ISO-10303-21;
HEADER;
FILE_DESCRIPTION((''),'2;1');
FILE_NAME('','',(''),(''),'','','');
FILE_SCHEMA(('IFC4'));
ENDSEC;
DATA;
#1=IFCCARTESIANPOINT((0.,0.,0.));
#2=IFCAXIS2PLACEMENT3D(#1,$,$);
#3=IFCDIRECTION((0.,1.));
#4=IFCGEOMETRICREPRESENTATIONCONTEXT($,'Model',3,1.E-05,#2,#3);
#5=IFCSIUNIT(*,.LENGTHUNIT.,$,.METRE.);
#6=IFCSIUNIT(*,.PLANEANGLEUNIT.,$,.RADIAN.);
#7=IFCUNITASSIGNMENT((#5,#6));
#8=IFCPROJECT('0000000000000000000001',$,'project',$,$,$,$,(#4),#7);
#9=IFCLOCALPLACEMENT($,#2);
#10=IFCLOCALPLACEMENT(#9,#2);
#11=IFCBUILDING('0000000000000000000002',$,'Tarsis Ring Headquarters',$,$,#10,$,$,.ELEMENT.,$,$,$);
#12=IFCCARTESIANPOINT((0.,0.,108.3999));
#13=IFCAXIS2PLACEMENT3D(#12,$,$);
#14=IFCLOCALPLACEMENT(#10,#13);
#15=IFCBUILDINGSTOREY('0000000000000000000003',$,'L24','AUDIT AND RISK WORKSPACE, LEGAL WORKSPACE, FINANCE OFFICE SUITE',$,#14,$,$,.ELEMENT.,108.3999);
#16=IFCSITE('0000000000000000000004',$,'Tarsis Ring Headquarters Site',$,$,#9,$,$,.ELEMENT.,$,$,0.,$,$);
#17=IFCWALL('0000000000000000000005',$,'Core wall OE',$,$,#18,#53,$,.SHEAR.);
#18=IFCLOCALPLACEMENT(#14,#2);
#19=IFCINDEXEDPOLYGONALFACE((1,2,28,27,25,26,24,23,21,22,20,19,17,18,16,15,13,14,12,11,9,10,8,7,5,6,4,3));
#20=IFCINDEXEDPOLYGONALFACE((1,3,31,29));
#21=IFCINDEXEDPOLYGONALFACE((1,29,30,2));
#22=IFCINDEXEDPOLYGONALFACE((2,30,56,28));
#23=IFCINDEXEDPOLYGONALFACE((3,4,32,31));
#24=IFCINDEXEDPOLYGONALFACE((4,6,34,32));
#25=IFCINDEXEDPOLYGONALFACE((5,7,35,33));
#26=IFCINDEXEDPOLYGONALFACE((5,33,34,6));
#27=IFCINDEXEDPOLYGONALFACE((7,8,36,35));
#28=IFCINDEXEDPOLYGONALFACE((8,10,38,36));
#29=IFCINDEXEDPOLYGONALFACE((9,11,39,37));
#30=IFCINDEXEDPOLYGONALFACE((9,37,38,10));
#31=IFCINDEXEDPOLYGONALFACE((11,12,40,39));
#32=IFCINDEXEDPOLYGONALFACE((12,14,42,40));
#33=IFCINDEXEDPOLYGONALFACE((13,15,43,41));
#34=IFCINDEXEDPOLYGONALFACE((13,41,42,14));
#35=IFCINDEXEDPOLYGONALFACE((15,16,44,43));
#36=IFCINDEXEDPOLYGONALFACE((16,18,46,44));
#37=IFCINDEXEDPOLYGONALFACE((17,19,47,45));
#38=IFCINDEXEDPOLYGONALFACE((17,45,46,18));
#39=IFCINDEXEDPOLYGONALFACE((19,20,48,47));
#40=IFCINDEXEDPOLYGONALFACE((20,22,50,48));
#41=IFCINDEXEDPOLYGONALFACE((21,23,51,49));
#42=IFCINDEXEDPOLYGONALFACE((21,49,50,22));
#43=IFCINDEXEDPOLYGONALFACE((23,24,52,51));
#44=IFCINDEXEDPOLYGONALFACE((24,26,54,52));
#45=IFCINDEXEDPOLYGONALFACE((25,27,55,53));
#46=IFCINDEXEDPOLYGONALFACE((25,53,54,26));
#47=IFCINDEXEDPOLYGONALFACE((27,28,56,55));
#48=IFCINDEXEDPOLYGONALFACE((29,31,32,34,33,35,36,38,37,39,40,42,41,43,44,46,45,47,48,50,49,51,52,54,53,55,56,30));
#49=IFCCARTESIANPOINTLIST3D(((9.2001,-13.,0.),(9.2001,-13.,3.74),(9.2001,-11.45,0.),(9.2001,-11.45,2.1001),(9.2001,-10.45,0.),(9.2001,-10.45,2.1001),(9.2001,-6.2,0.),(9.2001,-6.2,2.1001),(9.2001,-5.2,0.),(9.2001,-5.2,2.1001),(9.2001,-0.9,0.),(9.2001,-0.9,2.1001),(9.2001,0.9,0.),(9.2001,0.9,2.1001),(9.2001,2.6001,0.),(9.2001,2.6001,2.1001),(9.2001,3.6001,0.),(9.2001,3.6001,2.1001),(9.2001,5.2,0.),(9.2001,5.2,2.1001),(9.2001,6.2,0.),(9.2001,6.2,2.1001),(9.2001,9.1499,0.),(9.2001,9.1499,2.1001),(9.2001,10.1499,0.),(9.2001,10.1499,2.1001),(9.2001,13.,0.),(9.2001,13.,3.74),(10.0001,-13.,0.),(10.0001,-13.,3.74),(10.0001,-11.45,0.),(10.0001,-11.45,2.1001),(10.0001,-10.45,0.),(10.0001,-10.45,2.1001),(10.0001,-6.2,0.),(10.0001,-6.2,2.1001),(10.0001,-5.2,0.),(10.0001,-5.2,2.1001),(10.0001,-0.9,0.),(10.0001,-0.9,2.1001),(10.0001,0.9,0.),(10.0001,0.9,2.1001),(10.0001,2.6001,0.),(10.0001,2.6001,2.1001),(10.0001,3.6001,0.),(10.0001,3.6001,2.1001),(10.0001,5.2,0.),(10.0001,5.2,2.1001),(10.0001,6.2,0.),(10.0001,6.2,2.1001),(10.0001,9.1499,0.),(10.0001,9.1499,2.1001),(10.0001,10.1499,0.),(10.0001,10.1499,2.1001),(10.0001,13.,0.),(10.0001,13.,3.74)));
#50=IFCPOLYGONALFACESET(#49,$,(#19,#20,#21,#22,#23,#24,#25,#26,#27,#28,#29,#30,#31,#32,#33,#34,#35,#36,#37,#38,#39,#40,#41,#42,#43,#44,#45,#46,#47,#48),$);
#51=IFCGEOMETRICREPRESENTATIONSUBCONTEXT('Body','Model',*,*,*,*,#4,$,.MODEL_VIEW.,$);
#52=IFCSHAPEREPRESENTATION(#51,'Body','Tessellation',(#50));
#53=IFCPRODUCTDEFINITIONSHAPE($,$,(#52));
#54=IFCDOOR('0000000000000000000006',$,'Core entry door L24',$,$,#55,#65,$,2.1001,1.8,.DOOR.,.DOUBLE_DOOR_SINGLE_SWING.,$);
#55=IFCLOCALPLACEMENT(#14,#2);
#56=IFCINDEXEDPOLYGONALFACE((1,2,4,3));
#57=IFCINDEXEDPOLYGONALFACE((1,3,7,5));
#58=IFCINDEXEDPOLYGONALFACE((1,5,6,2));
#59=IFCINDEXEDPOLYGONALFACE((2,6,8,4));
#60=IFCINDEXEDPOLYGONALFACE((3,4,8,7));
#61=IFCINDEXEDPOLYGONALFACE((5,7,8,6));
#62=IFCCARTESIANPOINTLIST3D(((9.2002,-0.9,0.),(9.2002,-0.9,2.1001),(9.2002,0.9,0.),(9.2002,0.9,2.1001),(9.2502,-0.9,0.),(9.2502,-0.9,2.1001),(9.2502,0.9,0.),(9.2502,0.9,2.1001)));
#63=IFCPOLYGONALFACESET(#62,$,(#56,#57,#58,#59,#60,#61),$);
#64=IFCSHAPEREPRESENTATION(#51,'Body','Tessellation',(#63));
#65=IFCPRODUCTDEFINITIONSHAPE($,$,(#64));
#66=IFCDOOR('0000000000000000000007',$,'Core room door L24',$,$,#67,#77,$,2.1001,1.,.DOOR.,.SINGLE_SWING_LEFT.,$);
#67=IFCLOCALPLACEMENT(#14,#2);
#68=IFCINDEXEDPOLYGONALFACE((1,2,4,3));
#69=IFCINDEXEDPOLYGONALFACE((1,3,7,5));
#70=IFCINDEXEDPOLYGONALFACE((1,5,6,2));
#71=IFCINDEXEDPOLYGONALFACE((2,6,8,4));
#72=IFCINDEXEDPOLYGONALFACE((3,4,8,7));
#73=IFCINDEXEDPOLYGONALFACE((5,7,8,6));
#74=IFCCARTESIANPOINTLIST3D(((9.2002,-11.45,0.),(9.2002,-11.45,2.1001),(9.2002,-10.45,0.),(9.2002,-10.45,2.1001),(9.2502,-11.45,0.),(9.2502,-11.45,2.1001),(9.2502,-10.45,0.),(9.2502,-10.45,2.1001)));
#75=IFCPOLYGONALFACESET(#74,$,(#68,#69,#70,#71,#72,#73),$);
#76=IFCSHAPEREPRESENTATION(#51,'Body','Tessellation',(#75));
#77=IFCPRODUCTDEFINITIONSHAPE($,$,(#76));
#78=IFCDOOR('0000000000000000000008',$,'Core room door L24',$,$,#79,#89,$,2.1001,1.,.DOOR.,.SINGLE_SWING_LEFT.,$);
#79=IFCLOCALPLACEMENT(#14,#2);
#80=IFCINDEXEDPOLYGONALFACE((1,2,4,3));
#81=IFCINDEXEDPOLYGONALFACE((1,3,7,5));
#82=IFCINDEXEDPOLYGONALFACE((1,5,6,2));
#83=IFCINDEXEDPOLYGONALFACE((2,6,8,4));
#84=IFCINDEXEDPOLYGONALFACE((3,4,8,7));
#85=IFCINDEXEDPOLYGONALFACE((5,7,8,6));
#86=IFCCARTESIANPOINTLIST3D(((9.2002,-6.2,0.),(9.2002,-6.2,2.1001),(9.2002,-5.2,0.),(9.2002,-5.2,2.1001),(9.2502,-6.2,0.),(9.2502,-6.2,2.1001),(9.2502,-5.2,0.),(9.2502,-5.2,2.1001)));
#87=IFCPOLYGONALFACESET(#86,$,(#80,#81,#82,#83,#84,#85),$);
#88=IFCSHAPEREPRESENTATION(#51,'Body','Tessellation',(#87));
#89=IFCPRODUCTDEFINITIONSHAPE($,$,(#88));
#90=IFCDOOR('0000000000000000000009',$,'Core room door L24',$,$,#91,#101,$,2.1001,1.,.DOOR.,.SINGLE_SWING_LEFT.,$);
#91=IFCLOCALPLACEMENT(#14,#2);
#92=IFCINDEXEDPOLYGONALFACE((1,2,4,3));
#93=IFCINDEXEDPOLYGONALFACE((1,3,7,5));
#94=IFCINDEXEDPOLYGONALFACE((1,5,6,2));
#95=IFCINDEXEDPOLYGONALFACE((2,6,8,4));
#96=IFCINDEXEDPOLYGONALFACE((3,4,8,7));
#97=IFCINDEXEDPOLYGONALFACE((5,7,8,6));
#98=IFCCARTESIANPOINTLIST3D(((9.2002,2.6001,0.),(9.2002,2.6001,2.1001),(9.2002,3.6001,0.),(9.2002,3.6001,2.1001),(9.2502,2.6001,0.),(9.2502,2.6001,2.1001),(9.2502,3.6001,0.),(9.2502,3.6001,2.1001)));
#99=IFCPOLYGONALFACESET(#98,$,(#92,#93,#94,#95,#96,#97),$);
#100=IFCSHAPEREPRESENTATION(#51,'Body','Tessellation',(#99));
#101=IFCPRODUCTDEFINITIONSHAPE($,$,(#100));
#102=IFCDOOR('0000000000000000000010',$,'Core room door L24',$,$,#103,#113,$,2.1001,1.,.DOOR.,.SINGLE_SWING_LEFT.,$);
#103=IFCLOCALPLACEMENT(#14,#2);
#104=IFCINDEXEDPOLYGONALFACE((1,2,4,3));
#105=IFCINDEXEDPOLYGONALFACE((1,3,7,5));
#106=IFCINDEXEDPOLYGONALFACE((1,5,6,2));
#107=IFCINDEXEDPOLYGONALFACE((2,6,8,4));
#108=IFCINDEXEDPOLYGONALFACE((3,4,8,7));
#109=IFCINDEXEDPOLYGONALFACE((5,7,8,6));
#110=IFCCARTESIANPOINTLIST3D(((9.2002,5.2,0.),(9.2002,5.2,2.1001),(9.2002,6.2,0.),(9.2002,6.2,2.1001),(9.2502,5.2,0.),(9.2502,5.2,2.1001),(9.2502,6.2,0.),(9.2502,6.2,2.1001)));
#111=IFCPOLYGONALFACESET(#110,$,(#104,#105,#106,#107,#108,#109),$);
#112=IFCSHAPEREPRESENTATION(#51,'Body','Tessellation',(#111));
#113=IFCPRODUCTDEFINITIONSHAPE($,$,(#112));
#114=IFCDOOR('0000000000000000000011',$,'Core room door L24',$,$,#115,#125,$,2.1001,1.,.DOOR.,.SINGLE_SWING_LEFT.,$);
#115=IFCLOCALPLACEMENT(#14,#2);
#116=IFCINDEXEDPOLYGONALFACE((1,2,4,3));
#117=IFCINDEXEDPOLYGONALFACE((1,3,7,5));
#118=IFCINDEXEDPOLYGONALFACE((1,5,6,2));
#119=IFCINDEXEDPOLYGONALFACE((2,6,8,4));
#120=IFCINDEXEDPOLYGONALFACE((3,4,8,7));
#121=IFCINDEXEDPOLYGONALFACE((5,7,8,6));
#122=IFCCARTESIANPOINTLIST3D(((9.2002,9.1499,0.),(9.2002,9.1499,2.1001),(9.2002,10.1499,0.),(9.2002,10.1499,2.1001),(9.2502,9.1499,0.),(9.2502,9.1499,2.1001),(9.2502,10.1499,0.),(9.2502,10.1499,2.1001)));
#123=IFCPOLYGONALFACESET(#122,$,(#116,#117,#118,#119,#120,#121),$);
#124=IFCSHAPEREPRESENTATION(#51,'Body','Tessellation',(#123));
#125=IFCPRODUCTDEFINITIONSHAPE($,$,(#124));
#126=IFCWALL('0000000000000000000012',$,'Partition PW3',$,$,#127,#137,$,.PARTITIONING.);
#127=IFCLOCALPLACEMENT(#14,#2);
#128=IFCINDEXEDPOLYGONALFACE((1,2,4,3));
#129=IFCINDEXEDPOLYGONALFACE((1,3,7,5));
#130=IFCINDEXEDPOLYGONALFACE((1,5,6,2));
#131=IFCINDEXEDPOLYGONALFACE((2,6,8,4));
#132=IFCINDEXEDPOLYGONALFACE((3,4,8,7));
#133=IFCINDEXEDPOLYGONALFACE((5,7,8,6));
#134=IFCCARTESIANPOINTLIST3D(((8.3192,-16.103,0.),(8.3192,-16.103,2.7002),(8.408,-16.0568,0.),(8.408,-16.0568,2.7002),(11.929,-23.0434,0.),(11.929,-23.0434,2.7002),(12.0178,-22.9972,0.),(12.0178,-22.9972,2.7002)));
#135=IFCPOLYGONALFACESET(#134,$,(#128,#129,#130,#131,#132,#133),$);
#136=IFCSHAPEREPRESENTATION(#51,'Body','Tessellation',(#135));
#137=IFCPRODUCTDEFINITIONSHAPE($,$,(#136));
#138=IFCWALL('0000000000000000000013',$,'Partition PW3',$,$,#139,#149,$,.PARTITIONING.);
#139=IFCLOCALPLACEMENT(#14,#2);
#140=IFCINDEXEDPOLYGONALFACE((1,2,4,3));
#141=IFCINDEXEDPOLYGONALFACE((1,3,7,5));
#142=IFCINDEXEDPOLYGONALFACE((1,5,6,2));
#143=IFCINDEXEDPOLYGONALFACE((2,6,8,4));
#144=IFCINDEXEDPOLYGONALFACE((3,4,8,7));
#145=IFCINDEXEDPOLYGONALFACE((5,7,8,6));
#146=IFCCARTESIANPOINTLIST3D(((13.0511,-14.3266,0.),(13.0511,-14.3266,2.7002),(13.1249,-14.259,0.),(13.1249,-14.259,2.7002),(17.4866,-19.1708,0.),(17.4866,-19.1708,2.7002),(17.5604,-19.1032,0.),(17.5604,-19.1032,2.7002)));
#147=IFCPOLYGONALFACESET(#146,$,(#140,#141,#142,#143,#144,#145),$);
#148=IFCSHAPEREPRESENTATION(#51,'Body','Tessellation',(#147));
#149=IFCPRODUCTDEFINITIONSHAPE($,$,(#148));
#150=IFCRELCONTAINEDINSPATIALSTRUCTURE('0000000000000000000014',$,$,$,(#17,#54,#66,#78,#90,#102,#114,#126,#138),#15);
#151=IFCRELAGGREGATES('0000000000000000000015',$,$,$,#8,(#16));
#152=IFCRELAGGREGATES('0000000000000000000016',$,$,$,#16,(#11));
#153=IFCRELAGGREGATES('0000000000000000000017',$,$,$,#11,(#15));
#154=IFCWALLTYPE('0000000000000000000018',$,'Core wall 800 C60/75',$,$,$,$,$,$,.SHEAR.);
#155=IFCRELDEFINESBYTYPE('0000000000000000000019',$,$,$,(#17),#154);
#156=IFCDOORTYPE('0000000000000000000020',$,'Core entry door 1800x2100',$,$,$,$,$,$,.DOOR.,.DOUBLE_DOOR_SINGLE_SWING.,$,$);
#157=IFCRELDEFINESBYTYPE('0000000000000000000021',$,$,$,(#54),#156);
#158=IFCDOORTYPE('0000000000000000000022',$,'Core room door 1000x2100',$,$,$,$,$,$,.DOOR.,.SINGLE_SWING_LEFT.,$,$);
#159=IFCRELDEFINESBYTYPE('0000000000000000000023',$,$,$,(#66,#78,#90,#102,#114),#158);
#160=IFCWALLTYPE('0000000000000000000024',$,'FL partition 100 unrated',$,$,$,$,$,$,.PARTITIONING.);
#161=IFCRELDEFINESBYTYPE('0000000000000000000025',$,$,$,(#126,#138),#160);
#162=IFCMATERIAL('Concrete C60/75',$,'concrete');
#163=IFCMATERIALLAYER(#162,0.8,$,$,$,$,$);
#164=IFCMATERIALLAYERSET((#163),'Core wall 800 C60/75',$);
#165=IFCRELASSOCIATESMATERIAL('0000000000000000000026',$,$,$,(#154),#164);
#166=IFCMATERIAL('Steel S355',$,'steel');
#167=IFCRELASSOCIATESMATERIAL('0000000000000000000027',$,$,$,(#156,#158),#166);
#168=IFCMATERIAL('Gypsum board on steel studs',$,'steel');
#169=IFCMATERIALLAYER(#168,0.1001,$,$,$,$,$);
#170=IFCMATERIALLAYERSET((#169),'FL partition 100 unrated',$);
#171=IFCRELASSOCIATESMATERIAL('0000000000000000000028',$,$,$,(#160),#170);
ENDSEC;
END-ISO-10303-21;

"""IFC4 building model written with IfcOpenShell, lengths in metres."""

from ifc_helpers import new_model, si_unit, direction, frame, frame_2d, origin, place, context, subcontext, project, spatial, rectangle, extrude, material, layer, layer_set, type_object, element, fill, save


model = new_model("IFC4")

# Units and contexts
model_context = context("Model", 3, precision=1e-05, world=origin(), true_north=direction((0.0, 1.0)))
body_context = subcontext(model_context, "Body", "Model", "MODEL_VIEW")
ifc_project = project(units=[si_unit("LENGTHUNIT", "METRE"), si_unit("PLANEANGLEUNIT", "RADIAN")], contexts=[model_context])

# Site, building, storey
site_placement = place(None, origin())
site = spatial("IfcSite", under=ifc_project, at=site_placement, Name="Tarsis Ring Headquarters Site", CompositionType="ELEMENT", RefElevation=0.0)
building_placement = place(site_placement, origin())
building = spatial("IfcBuilding", under=site, at=building_placement, Name="Tarsis Ring Headquarters", CompositionType="ELEMENT")
storey_placement = place(building_placement, frame((0.0, 0.0, 108.3999)))
storey = spatial("IfcBuildingStorey", under=building, at=storey_placement, Name="L24", Description="AUDIT AND RISK WORKSPACE, LEGAL WORKSPACE, FINANCE OFFICE SUITE", CompositionType="ELEMENT", Elevation=108.3999)

# Wall, openings, doors
ifc_material_1 = material(Name="Concrete C60/75", Category="concrete")
ifc_layer_1 = layer(ifc_material_1, 0.8)
ifc_layer_set_1 = layer_set([ifc_layer_1], Name="Core wall 800 C60/75")
wall_type_1 = type_object("IfcWallType", Name="Core wall 800 C60/75", PredefinedType="SHEAR", material=ifc_layer_set_1)
wall_1_placement = place(storey_placement, frame((9.6001, -13.0, 0.0), z_axis=(0.0, 0.0, 1.0), x_axis=(0.0, 1.0, 0.0)))
wall_1 = element("IfcWall", 1, at=wall_1_placement, inside=storey, type_object=wall_type_1, Name="Core wall OE", PredefinedType="SHEAR", context=body_context, shape_type="SweptSolid", body=[
    extrude(rectangle(XDim=26.0, YDim=0.8, at=frame_2d((13.0, 0.0))), origin(), (0.0, 0.0, 1.0), 3.74),
])
opening_1_placement = place(wall_1_placement, frame((1.55, 0.0, 0.0)))
opening_1 = element("IfcOpeningElement", 2, at=opening_1_placement, cuts=wall_1, PredefinedType="OPENING", context=body_context, shape_type="SweptSolid", body=[
    extrude(rectangle(XDim=1.0, YDim=2.1001, at=frame_2d((0.5, 1.05))), frame((0.0, 0.4099, 0.0), z_axis=(0.0, -1.0, 0.0), x_axis=(1.0, 0.0, 0.0)), (0.0, 0.0, 1.0), 0.8201),
])
opening_2_placement = place(wall_1_placement, frame((6.8, 0.0, 0.0)))
opening_2 = element("IfcOpeningElement", 3, at=opening_2_placement, cuts=wall_1, PredefinedType="OPENING", context=body_context, shape_type="SweptSolid", body=[
    extrude(rectangle(XDim=1.0, YDim=2.1001, at=frame_2d((0.5, 1.05))), frame((0.0, 0.4099, 0.0), z_axis=(0.0, -1.0, 0.0), x_axis=(1.0, 0.0, 0.0)), (0.0, 0.0, 1.0), 0.8201),
])
opening_3_placement = place(wall_1_placement, frame((12.1001, 0.0, 0.0)))
opening_3 = element("IfcOpeningElement", 4, at=opening_3_placement, cuts=wall_1, PredefinedType="OPENING", context=body_context, shape_type="SweptSolid", body=[
    extrude(rectangle(XDim=1.8, YDim=2.1001, at=frame_2d((0.8999, 1.05))), frame((0.0, 0.4099, 0.0), z_axis=(0.0, -1.0, 0.0), x_axis=(1.0, 0.0, 0.0)), (0.0, 0.0, 1.0), 0.8201),
])
opening_4_placement = place(wall_1_placement, frame((15.6001, 0.0, 0.0)))
opening_4 = element("IfcOpeningElement", 5, at=opening_4_placement, cuts=wall_1, PredefinedType="OPENING", context=body_context, shape_type="SweptSolid", body=[
    extrude(rectangle(XDim=1.0, YDim=2.1001, at=frame_2d((0.5, 1.05))), frame((0.0, 0.4099, 0.0), z_axis=(0.0, -1.0, 0.0), x_axis=(1.0, 0.0, 0.0)), (0.0, 0.0, 1.0), 0.8201),
])
opening_5_placement = place(wall_1_placement, frame((18.2, 0.0, 0.0)))
opening_5 = element("IfcOpeningElement", 6, at=opening_5_placement, cuts=wall_1, PredefinedType="OPENING", context=body_context, shape_type="SweptSolid", body=[
    extrude(rectangle(XDim=1.0, YDim=2.1001, at=frame_2d((0.5, 1.05))), frame((0.0, 0.4099, 0.0), z_axis=(0.0, -1.0, 0.0), x_axis=(1.0, 0.0, 0.0)), (0.0, 0.0, 1.0), 0.8201),
])
opening_6_placement = place(wall_1_placement, frame((22.1499, 0.0, 0.0)))
opening_6 = element("IfcOpeningElement", 7, at=opening_6_placement, cuts=wall_1, PredefinedType="OPENING", context=body_context, shape_type="SweptSolid", body=[
    extrude(rectangle(XDim=1.0, YDim=2.1001, at=frame_2d((0.5, 1.05))), frame((0.0, 0.4099, 0.0), z_axis=(0.0, -1.0, 0.0), x_axis=(1.0, 0.0, 0.0)), (0.0, 0.0, 1.0), 0.8201),
])
ifc_material_2 = material(Name="Steel S355", Category="steel")
door_type_1 = type_object("IfcDoorType", Name="Core entry door 1800x2100", OperationType="DOUBLE_DOOR_SINGLE_SWING", PredefinedType="DOOR", material=ifc_material_2)
door_1_placement = place(opening_3_placement, origin())
door_1 = element("IfcDoor", 8, at=door_1_placement, inside=storey, type_object=door_type_1, Name="Core entry door L24", OperationType="DOUBLE_DOOR_SINGLE_SWING", OverallHeight=2.1001, OverallWidth=1.8, PredefinedType="DOOR", context=body_context, shape_type="SweptSolid", body=[
    extrude(rectangle(XDim=1.8, YDim=2.1001, at=frame_2d((0.8999, 1.05))), frame((0.0, 0.3999, 0.0), z_axis=(0.0, -1.0, 0.0), x_axis=(1.0, 0.0, 0.0)), (0.0, 0.0, 1.0), 0.05),
])
fill(opening_3, door_1)
door_type_2 = type_object("IfcDoorType", Name="Core room door 1000x2100", OperationType="SINGLE_SWING_LEFT", PredefinedType="DOOR", material=ifc_material_2)
door_2_placement = place(opening_1_placement, origin())
door_2 = element("IfcDoor", 9, at=door_2_placement, inside=storey, type_object=door_type_2, Name="Core room door L24", OperationType="SINGLE_SWING_LEFT", OverallHeight=2.1001, OverallWidth=1.0, PredefinedType="DOOR", context=body_context, shape_type="SweptSolid", body=[
    extrude(rectangle(XDim=1.0, YDim=2.1001, at=frame_2d((0.5, 1.05))), frame((0.0, 0.3999, 0.0), z_axis=(0.0, -1.0, 0.0), x_axis=(1.0, 0.0, 0.0)), (0.0, 0.0, 1.0), 0.05),
])
fill(opening_1, door_2)
door_3_placement = place(opening_2_placement, origin())
door_3 = element("IfcDoor", 10, at=door_3_placement, inside=storey, type_object=door_type_2, Name="Core room door L24", OperationType="SINGLE_SWING_LEFT", OverallHeight=2.1001, OverallWidth=1.0, PredefinedType="DOOR", context=body_context, shape_type="SweptSolid", body=[
    extrude(rectangle(XDim=1.0, YDim=2.1001, at=frame_2d((0.5, 1.05))), frame((0.0, 0.3999, 0.0), z_axis=(0.0, -1.0, 0.0), x_axis=(1.0, 0.0, 0.0)), (0.0, 0.0, 1.0), 0.05),
])
fill(opening_2, door_3)
door_4_placement = place(opening_4_placement, origin())
door_4 = element("IfcDoor", 11, at=door_4_placement, inside=storey, type_object=door_type_2, Name="Core room door L24", OperationType="SINGLE_SWING_LEFT", OverallHeight=2.1001, OverallWidth=1.0, PredefinedType="DOOR", context=body_context, shape_type="SweptSolid", body=[
    extrude(rectangle(XDim=1.0, YDim=2.1001, at=frame_2d((0.5, 1.05))), frame((0.0, 0.3999, 0.0), z_axis=(0.0, -1.0, 0.0), x_axis=(1.0, 0.0, 0.0)), (0.0, 0.0, 1.0), 0.05),
])
fill(opening_4, door_4)
door_5_placement = place(opening_5_placement, origin())
door_5 = element("IfcDoor", 12, at=door_5_placement, inside=storey, type_object=door_type_2, Name="Core room door L24", OperationType="SINGLE_SWING_LEFT", OverallHeight=2.1001, OverallWidth=1.0, PredefinedType="DOOR", context=body_context, shape_type="SweptSolid", body=[
    extrude(rectangle(XDim=1.0, YDim=2.1001, at=frame_2d((0.5, 1.05))), frame((0.0, 0.3999, 0.0), z_axis=(0.0, -1.0, 0.0), x_axis=(1.0, 0.0, 0.0)), (0.0, 0.0, 1.0), 0.05),
])
fill(opening_5, door_5)
door_6_placement = place(opening_6_placement, origin())
door_6 = element("IfcDoor", 13, at=door_6_placement, inside=storey, type_object=door_type_2, Name="Core room door L24", OperationType="SINGLE_SWING_LEFT", OverallHeight=2.1001, OverallWidth=1.0, PredefinedType="DOOR", context=body_context, shape_type="SweptSolid", body=[
    extrude(rectangle(XDim=1.0, YDim=2.1001, at=frame_2d((0.5, 1.05))), frame((0.0, 0.3999, 0.0), z_axis=(0.0, -1.0, 0.0), x_axis=(1.0, 0.0, 0.0)), (0.0, 0.0, 1.0), 0.05),
])
fill(opening_6, door_6)

# Walls
ifc_material_3 = material(Name="Gypsum board on steel studs", Category="steel")
ifc_layer_2 = layer(ifc_material_3, 0.1001)
ifc_layer_set_2 = layer_set([ifc_layer_2], Name="FL partition 100 unrated")
wall_type_2 = type_object("IfcWallType", Name="FL partition 100 unrated", PredefinedType="PARTITIONING", material=ifc_layer_set_2)
wall_2_placement = place(storey_placement, frame((8.3635, -16.0798, 0.0), z_axis=(0.0, 0.0, 1.0), x_axis=(0.461437, -0.887173, 0.0)))
element("IfcWall", 14, at=wall_2_placement, inside=storey, type_object=wall_type_2, Name="Partition PW3", PredefinedType="PARTITIONING", context=body_context, shape_type="SweptSolid", body=[
    extrude(rectangle(XDim=7.823, YDim=0.1001, at=frame_2d((3.9116, 0.0))), origin(), (0.0, 0.0, 1.0), 2.7002),
])
wall_3_placement = place(storey_placement, frame((13.0879, -14.2927, 0.0), z_axis=(0.0, 0.0, 1.0), x_axis=(0.67531, -0.737534, 0.0)))
element("IfcWall", 15, at=wall_3_placement, inside=storey, type_object=wall_type_2, Name="Partition PW3", PredefinedType="PARTITIONING", context=body_context, shape_type="SweptSolid", body=[
    extrude(rectangle(XDim=6.5681, YDim=0.1001, at=frame_2d((3.2842, 0.0))), origin(), (0.0, 0.0, 1.0), 2.7002),
])

save(model, "model.ifc")
